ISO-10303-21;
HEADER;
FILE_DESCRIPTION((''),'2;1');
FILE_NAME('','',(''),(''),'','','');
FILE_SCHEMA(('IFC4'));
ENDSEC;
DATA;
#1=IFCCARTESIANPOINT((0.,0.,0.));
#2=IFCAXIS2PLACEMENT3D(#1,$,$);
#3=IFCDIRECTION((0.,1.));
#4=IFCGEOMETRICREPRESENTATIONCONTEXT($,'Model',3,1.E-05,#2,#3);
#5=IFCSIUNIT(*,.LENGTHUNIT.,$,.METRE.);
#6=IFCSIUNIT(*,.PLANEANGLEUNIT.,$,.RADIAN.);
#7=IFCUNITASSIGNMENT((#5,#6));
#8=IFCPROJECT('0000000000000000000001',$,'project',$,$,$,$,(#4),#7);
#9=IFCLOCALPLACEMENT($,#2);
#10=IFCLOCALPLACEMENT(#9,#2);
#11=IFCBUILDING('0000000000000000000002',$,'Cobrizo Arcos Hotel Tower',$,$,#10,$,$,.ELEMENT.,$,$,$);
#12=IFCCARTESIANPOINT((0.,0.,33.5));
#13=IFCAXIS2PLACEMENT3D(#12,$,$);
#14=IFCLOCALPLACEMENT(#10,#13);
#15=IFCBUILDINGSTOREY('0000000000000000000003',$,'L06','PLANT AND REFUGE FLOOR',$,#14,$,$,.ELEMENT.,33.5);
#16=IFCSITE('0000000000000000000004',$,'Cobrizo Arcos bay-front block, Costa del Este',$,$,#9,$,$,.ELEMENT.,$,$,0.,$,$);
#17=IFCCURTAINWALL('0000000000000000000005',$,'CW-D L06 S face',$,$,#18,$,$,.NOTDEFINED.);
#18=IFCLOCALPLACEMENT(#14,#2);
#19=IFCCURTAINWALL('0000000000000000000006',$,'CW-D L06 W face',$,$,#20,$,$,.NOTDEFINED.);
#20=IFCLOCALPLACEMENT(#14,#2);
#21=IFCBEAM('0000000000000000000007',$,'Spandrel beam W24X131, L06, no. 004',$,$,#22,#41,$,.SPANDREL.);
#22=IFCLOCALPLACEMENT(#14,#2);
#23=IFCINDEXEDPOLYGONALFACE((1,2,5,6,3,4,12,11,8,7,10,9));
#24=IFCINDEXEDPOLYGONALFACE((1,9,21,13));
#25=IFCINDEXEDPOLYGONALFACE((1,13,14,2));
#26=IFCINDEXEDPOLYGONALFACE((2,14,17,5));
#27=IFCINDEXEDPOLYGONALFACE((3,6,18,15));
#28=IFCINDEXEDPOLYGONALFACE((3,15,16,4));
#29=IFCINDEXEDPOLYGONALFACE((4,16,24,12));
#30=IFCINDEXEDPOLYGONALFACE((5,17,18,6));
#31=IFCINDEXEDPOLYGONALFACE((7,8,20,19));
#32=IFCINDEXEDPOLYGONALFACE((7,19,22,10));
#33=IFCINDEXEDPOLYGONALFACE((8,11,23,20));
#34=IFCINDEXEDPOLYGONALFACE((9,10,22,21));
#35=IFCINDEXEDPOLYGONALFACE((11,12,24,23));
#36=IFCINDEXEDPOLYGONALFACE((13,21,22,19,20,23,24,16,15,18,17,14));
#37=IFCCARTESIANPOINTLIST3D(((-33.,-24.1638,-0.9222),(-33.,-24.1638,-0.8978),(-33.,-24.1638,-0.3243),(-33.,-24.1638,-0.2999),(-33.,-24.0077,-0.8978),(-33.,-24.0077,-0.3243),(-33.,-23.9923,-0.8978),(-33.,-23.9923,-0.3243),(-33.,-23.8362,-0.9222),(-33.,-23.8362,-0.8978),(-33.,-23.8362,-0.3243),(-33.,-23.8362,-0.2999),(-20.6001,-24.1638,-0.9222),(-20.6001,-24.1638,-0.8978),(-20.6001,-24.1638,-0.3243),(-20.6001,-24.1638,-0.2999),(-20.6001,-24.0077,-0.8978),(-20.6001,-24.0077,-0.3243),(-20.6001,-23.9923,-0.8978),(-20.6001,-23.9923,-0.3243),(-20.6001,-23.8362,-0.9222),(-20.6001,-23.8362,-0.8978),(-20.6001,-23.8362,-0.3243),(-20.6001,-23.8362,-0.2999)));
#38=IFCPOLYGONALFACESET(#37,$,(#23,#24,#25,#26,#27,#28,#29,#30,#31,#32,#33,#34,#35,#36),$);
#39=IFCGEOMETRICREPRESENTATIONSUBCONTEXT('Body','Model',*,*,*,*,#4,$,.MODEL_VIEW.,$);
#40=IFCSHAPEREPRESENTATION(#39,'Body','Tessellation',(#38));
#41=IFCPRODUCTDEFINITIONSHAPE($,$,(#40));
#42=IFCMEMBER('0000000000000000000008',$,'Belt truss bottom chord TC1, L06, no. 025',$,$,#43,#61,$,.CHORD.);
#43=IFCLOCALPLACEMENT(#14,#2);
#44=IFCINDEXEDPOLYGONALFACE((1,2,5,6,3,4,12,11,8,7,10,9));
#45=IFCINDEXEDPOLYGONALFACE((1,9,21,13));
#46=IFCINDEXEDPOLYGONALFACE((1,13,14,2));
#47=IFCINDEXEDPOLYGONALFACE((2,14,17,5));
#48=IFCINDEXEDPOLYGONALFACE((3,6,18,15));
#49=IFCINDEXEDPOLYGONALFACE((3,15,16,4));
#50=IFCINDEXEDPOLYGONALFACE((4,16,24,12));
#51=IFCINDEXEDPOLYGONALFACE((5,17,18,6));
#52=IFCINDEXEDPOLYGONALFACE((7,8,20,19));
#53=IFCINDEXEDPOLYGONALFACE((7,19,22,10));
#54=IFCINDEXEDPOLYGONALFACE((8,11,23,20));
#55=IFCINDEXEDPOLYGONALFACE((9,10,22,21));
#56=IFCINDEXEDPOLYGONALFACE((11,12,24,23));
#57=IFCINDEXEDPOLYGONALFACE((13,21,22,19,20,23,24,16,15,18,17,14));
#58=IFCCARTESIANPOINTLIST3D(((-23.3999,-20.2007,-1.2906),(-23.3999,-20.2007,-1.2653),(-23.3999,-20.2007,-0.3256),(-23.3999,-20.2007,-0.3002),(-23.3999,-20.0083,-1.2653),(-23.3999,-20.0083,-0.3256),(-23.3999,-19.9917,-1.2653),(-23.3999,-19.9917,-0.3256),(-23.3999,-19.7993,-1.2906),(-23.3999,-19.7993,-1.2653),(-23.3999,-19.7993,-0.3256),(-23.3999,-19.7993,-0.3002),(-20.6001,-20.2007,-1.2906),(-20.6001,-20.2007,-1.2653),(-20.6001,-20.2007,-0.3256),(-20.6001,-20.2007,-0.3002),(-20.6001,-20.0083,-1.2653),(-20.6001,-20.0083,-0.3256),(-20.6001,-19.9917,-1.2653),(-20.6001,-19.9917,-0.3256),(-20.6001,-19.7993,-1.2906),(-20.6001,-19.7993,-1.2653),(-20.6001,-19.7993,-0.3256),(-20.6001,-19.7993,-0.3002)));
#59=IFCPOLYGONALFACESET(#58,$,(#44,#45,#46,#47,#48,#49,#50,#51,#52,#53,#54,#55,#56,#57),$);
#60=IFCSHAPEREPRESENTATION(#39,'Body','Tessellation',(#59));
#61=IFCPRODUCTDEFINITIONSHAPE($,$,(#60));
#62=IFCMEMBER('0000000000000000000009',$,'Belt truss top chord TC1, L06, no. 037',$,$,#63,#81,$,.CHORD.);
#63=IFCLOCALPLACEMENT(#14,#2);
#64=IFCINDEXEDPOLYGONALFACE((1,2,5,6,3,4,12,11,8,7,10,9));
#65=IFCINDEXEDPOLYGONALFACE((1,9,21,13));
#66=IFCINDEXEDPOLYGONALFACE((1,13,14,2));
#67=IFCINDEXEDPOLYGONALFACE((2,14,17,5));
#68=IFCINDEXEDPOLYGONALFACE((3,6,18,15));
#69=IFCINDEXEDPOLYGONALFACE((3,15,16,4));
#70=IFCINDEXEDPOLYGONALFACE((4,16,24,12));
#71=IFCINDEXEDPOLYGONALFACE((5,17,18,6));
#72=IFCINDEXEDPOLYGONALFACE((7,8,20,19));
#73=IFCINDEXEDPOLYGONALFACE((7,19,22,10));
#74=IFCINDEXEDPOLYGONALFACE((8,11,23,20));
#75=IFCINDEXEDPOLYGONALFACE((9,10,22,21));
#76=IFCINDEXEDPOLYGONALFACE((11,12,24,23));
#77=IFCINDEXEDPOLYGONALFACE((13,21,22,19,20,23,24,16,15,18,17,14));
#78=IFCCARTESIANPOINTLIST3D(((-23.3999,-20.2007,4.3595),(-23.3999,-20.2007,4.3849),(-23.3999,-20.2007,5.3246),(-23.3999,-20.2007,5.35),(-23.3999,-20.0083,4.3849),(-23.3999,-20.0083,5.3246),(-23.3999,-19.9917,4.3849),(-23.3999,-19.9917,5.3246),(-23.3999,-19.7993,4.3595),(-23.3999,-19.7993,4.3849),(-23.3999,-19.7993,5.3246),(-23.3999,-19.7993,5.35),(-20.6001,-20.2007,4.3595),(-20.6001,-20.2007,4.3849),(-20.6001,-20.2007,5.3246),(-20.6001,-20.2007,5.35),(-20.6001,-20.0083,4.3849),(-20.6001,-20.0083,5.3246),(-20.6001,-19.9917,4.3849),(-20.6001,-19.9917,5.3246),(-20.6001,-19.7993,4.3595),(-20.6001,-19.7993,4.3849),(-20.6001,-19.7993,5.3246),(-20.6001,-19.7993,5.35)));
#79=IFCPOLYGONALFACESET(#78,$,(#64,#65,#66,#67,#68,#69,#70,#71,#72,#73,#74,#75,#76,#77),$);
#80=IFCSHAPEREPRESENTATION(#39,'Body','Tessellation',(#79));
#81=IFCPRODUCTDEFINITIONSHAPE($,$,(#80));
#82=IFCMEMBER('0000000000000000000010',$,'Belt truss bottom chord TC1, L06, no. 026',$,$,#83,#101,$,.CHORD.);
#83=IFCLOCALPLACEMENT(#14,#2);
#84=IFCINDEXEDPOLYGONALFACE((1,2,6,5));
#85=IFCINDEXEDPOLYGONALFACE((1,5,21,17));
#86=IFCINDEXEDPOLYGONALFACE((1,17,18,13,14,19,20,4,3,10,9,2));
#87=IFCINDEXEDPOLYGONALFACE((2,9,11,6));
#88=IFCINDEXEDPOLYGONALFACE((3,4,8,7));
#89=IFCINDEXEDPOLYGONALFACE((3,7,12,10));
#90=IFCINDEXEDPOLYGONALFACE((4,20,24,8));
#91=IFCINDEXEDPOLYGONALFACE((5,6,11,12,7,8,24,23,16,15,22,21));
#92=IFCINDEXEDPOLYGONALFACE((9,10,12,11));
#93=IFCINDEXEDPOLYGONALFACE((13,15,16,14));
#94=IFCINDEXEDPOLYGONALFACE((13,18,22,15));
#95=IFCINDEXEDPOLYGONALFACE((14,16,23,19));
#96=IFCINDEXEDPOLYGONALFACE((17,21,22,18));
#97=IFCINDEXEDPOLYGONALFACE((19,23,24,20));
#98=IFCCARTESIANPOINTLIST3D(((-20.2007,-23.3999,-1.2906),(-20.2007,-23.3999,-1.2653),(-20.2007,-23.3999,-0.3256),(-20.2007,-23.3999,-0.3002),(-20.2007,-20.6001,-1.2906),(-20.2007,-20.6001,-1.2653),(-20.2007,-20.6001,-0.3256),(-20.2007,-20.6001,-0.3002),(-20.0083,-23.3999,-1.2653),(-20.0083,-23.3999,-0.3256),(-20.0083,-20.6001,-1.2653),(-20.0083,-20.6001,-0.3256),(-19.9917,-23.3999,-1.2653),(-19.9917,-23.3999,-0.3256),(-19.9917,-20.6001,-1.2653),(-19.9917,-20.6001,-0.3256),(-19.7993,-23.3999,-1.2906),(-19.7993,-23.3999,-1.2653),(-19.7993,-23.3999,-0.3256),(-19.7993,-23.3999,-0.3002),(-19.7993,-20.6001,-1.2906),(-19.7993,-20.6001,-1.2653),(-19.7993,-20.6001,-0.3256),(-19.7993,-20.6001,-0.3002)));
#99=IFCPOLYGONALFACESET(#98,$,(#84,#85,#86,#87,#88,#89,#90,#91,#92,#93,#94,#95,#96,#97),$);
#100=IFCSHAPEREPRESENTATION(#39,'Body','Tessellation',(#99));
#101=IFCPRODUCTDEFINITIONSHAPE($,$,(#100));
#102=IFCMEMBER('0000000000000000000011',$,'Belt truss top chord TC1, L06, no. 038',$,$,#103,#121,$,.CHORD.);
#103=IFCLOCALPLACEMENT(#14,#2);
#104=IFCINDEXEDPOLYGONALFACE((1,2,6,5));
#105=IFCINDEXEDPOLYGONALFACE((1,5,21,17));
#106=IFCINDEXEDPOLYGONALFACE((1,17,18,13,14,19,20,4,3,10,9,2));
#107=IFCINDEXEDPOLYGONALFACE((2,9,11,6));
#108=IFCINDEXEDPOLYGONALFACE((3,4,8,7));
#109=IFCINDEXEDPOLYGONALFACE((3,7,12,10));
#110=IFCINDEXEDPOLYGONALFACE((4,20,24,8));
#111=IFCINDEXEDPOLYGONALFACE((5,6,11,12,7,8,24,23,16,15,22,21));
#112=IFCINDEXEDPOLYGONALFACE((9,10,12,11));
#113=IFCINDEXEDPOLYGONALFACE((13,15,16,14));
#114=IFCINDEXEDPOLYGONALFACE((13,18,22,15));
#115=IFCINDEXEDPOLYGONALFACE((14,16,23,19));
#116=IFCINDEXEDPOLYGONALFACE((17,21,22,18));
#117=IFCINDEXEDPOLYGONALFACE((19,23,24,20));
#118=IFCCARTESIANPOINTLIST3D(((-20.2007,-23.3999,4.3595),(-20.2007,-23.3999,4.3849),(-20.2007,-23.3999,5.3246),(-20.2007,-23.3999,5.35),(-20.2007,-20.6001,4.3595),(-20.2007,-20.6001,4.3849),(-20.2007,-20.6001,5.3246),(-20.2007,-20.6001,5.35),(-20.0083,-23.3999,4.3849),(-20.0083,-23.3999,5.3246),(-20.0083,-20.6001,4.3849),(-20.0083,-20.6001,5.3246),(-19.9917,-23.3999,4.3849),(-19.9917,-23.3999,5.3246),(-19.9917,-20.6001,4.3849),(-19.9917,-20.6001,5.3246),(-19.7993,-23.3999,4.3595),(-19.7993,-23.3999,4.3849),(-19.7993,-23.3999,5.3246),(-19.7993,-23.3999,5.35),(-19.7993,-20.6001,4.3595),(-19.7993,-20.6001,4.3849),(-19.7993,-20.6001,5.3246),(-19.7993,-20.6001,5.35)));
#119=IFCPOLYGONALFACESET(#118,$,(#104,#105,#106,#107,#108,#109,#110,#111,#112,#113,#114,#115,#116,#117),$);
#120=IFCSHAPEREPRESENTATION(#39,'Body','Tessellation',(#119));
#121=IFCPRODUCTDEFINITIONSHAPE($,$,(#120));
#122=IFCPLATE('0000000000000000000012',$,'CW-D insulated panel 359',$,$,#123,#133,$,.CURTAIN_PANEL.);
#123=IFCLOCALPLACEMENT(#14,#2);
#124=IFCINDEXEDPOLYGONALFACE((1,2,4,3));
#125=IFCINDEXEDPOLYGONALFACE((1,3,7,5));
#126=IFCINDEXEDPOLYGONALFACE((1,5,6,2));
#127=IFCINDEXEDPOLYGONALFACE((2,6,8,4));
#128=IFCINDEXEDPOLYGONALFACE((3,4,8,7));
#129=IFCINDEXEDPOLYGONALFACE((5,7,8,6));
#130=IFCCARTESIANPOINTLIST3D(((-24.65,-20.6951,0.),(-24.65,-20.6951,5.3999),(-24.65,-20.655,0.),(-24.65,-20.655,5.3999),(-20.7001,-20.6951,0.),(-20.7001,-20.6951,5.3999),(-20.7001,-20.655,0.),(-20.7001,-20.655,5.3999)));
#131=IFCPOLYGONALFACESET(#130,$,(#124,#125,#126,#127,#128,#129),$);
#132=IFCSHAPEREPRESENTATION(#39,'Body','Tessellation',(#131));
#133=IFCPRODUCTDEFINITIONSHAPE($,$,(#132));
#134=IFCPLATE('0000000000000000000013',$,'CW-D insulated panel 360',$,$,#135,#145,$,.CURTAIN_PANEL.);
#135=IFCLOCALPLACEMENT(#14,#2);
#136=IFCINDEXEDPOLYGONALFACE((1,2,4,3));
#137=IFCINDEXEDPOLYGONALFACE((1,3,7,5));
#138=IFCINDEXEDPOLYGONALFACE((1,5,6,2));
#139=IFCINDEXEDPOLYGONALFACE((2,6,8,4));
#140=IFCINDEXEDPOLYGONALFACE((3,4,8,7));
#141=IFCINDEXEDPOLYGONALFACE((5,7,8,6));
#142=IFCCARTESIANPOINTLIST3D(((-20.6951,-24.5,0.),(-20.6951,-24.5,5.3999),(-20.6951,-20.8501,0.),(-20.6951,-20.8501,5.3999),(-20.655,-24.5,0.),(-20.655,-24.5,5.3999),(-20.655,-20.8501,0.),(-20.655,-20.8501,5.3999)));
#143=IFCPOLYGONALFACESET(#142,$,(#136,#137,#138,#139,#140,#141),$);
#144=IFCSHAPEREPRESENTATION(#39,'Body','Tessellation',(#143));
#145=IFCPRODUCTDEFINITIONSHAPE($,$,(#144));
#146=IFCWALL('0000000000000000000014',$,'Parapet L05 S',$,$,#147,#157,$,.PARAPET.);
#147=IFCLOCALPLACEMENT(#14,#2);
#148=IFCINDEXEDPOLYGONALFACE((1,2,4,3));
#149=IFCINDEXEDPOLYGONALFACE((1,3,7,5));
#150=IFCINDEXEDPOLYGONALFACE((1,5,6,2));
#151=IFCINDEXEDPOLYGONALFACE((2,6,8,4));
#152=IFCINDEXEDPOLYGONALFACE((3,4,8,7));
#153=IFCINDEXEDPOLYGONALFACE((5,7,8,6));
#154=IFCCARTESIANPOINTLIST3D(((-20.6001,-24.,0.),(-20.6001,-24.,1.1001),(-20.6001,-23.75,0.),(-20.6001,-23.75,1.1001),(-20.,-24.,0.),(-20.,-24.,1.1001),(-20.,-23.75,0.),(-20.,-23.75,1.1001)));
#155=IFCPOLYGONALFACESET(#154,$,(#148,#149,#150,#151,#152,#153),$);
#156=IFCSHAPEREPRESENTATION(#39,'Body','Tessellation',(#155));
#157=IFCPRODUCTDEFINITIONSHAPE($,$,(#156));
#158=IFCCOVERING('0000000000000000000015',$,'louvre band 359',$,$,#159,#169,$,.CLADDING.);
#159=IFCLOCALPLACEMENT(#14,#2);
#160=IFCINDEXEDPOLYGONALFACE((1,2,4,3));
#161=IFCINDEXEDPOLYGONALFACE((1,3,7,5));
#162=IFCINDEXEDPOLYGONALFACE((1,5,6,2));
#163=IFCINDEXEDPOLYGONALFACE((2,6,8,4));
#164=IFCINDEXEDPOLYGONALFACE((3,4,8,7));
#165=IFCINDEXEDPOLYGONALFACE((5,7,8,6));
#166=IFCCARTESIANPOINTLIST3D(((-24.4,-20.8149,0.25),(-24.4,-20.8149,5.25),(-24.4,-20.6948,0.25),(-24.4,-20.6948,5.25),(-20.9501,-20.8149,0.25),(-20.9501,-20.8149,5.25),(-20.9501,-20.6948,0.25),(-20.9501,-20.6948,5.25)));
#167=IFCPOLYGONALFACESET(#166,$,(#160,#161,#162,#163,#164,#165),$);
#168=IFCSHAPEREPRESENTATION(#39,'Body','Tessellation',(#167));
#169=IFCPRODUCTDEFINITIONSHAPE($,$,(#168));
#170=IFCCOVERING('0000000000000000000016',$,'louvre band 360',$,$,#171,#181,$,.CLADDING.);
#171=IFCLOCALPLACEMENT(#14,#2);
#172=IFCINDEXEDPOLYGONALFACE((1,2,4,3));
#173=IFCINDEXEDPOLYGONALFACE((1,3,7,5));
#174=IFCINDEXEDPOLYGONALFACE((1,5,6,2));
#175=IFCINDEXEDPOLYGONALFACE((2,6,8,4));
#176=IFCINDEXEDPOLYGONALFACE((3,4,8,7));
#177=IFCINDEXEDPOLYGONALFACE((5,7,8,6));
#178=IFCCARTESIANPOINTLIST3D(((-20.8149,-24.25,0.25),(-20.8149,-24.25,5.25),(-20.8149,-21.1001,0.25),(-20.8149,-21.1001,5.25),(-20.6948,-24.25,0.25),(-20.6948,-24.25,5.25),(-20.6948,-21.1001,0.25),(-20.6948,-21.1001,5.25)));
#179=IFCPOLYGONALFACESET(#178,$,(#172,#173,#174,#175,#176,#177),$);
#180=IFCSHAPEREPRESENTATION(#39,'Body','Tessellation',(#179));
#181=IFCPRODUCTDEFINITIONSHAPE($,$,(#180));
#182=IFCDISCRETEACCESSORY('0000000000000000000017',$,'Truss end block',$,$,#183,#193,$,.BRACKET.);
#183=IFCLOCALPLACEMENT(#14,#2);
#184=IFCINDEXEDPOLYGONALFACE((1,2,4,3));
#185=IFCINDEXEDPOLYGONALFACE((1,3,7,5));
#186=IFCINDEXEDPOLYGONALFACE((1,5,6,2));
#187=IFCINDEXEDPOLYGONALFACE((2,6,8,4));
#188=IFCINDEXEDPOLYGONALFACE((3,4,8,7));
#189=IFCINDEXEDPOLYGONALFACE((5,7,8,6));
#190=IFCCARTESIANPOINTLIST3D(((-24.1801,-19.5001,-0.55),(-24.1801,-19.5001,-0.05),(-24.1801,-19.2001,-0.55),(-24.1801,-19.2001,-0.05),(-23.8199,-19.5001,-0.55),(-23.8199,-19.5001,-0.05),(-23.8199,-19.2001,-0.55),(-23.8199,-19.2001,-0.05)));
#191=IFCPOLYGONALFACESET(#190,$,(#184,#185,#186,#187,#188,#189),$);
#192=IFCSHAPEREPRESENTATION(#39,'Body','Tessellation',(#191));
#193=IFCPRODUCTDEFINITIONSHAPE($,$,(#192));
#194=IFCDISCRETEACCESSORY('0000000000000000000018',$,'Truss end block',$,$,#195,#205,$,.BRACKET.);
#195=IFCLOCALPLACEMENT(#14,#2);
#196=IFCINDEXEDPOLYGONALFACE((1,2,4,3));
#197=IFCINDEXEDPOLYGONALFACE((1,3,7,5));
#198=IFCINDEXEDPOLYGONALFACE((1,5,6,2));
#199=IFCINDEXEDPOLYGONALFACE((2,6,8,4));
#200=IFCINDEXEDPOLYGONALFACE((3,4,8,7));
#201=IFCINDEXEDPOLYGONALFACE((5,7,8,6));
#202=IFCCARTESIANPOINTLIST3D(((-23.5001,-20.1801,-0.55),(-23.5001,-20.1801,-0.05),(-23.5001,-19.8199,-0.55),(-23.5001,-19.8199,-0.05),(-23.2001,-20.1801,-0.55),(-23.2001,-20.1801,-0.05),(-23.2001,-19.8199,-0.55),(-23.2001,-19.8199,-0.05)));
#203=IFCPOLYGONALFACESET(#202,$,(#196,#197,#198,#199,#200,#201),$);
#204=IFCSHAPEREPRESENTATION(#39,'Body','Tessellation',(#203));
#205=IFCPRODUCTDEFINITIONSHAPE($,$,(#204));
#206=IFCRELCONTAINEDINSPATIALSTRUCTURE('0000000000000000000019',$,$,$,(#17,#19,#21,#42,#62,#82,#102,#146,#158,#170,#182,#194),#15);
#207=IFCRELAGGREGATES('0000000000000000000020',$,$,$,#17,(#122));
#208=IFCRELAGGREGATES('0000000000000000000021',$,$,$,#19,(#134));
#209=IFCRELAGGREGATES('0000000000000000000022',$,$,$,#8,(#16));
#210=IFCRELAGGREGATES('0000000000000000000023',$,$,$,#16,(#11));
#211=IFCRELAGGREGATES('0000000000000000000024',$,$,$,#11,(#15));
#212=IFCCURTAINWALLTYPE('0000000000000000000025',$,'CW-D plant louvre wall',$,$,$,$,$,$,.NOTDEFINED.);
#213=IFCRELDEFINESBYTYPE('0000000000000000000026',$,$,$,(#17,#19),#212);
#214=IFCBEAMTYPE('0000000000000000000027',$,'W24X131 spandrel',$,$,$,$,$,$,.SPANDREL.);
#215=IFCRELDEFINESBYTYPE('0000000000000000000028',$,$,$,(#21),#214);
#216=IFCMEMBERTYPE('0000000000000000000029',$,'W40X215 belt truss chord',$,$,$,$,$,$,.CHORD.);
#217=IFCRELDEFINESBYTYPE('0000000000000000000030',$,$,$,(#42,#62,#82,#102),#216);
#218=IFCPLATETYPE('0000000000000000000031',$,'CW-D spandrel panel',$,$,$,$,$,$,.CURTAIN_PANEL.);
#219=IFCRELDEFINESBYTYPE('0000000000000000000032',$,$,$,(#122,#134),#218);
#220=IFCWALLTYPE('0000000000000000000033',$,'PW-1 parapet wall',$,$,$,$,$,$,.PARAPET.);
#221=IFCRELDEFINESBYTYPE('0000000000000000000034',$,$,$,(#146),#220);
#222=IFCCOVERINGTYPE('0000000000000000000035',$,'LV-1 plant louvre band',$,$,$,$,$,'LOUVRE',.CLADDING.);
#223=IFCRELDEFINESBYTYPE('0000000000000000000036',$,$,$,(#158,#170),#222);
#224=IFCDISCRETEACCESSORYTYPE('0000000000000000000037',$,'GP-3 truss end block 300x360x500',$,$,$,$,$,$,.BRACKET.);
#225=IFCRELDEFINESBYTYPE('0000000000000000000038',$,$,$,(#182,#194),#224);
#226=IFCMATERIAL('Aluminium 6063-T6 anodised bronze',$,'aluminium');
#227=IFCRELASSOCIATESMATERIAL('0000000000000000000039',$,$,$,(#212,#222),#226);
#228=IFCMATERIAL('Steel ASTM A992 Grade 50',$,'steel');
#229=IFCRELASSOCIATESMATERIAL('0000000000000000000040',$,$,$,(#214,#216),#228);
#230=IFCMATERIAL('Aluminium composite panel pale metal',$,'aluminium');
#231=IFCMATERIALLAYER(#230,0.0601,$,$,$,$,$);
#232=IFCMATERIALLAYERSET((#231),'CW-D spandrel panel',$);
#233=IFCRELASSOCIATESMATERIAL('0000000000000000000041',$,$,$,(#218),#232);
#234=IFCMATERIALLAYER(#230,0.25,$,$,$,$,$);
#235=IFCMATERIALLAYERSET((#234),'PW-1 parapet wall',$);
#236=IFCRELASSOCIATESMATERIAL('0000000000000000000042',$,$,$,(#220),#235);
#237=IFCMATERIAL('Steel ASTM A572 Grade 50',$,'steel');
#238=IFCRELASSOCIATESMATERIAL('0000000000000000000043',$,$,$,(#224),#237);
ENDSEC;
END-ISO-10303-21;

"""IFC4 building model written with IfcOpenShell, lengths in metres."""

from ifc_helpers import new_model, si_unit, direction, frame, frame_2d, origin, origin_2d, place, context, subcontext, project, spatial, rectangle, i_section, extrude, material, layer, layer_set, material_profile, profile_set, type_object, element, aggregate, save


model = new_model("IFC4")

# Units and contexts
model_context = context("Model", 3, precision=1e-05, world=origin(), true_north=direction((0.0, 1.0)))
body_context = subcontext(model_context, "Body", "Model", "MODEL_VIEW")
ifc_project = project(units=[si_unit("LENGTHUNIT", "METRE"), si_unit("PLANEANGLEUNIT", "RADIAN")], contexts=[model_context])

# Site, building, storey
site_placement = place(None, origin())
site = spatial("IfcSite", under=ifc_project, at=site_placement, Name="Cobrizo Arcos bay-front block, Costa del Este", CompositionType="ELEMENT", RefElevation=0.0)
building_placement = place(site_placement, origin())
building = spatial("IfcBuilding", under=site, at=building_placement, Name="Cobrizo Arcos Hotel Tower", CompositionType="ELEMENT")
storey_placement = place(building_placement, frame((0.0, 0.0, 33.5)))
storey = spatial("IfcBuildingStorey", under=building, at=storey_placement, Name="L06", Description="PLANT AND REFUGE FLOOR", CompositionType="ELEMENT", Elevation=33.5)

# Shared definitions
ifc_material_1 = material(Name="Steel ASTM A572 Grade 50", Category="steel")

# Curtain wall
ifc_material_2 = material(Name="Aluminium 6063-T6 anodised bronze", Category="aluminium")
curtain_wall_type = type_object("IfcCurtainWallType", Name="CW-D plant louvre wall", PredefinedType="NOTDEFINED", material=ifc_material_2)
curtain_wall_1_placement = place(storey_placement, origin())
curtain_wall_1 = element("IfcCurtainWall", 1, at=curtain_wall_1_placement, inside=storey, type_object=curtain_wall_type, Name="CW-D L06 S face", PredefinedType="NOTDEFINED")

# Curtain wall
curtain_wall_2_placement = place(storey_placement, origin())
curtain_wall_2 = element("IfcCurtainWall", 2, at=curtain_wall_2_placement, inside=storey, type_object=curtain_wall_type, Name="CW-D L06 W face", PredefinedType="NOTDEFINED")

# Beam
ifc_material_3 = material(Name="Steel ASTM A992 Grade 50", Category="steel")
ifc_material_profile_1 = material_profile(ifc_material_3, i_section(OverallWidth=0.3276, OverallDepth=0.6223, WebThickness=0.0154, FlangeThickness=0.0244, at=origin_2d()), Name="W24X131")
ifc_profile_set_1 = profile_set([ifc_material_profile_1], Name="Steel ASTM A992 Grade 50")
beam_type = type_object("IfcBeamType", Name="W24X131 spandrel", PredefinedType="SPANDREL", material=ifc_profile_set_1)
beam_placement = place(storey_placement, frame((-20.6001, -24.0, -0.6111), z_axis=(-1.0, 0.0, 0.0), x_axis=(0.0, -1.0, 0.0)))
element("IfcBeam", 3, at=beam_placement, inside=storey, type_object=beam_type, Name="Spandrel beam W24X131, L06, no. 004", PredefinedType="SPANDREL", context=body_context, shape_type="SweptSolid", body=[
    extrude(i_section(OverallWidth=0.3276, OverallDepth=0.6223, WebThickness=0.0154, FlangeThickness=0.0244, at=origin_2d()), origin(), (0.0, 0.0, 1.0), 12.3999),
])

# Members
ifc_material_profile_2 = material_profile(ifc_material_3, i_section(OverallWidth=0.4014, OverallDepth=0.9905, WebThickness=0.0166, FlangeThickness=0.0254, at=origin_2d()), Name="W40X215")
ifc_profile_set_2 = profile_set([ifc_material_profile_2], Name="Steel ASTM A992 Grade 50")
member_type_1 = type_object("IfcMemberType", Name="W40X215 belt truss chord", PredefinedType="CHORD", material=ifc_profile_set_2)
for number, where, z_axis, x_axis, name in (
    (4, (-23.3999, -20.0, -0.7954), (1.0, 0.0, 0.0), (0.0, 1.0, 0.0), "Belt truss bottom chord TC1, L06, no. 025"),
    (5, (-23.3999, -20.0, 4.8547), (1.0, 0.0, 0.0), (0.0, 1.0, 0.0), "Belt truss top chord TC1, L06, no. 037"),
    (6, (-20.0, -20.6001, -0.7954), (0.0, -1.0, 0.0), (1.0, 0.0, 0.0), "Belt truss bottom chord TC1, L06, no. 026"),
    (7, (-20.0, -20.6001, 4.8547), (0.0, -1.0, 0.0), (1.0, 0.0, 0.0), "Belt truss top chord TC1, L06, no. 038"),
):
    element("IfcMember", number, at=place(storey_placement, frame(where, z_axis=z_axis, x_axis=x_axis)), inside=storey, type_object=member_type_1, Name=name, PredefinedType="CHORD", context=body_context, shape_type="SweptSolid", body=[
        extrude(i_section(OverallWidth=0.4014, OverallDepth=0.9905, WebThickness=0.0166, FlangeThickness=0.0254, at=origin_2d()), origin(), (0.0, 0.0, 1.0), 2.7998),
    ])

# Plates
ifc_material_4 = material(Name="Aluminium composite panel pale metal", Category="aluminium")
ifc_layer_1 = layer(ifc_material_4, 0.0601)
ifc_layer_set_1 = layer_set([ifc_layer_1], Name="CW-D spandrel panel")
plate_type = type_object("IfcPlateType", Name="CW-D spandrel panel", PredefinedType="CURTAIN_PANEL", material=ifc_layer_set_1)
plate_1_placement = place(storey_placement, frame((-22.675, -20.675, 0.0), z_axis=(0.0, 0.0, 1.0), x_axis=(1.0, 0.0, 0.0)))
plate_1 = element("IfcPlate", 8, at=plate_1_placement, type_object=plate_type, Name="CW-D insulated panel 359", PredefinedType="CURTAIN_PANEL", context=body_context, shape_type="SweptSolid", body=[
    extrude(rectangle(XDim=3.95, YDim=0.04, at=origin_2d()), origin(), (0.0, 0.0, 1.0), 5.3999),
])
aggregate(curtain_wall_1, [plate_1])
plate_2_placement = place(storey_placement, frame((-20.675, -22.675, 0.0), z_axis=(0.0, 0.0, 1.0), x_axis=(0.0, -1.0, 0.0)))
plate_2 = element("IfcPlate", 9, at=plate_2_placement, type_object=plate_type, Name="CW-D insulated panel 360", PredefinedType="CURTAIN_PANEL", context=body_context, shape_type="SweptSolid", body=[
    extrude(rectangle(XDim=3.6499, YDim=0.04, at=origin_2d()), origin(), (0.0, 0.0, 1.0), 5.3999),
])
aggregate(curtain_wall_2, [plate_2])

# Wall
ifc_layer_2 = layer(ifc_material_4, 0.25)
ifc_layer_set_2 = layer_set([ifc_layer_2], Name="PW-1 parapet wall")
wall_type = type_object("IfcWallType", Name="PW-1 parapet wall", PredefinedType="PARAPET", material=ifc_layer_set_2)
wall_placement = place(storey_placement, frame((-20.6001, -23.875, 0.0), z_axis=(0.0, 0.0, 1.0), x_axis=(1.0, 0.0, 0.0)))
element("IfcWall", 10, at=wall_placement, inside=storey, type_object=wall_type, Name="Parapet L05 S", PredefinedType="PARAPET", context=body_context, shape_type="SweptSolid", body=[
    extrude(rectangle(XDim=0.6001, YDim=0.25, at=frame_2d((0.3, 0.0))), origin(), (0.0, 0.0, 1.0), 1.1001),
])

# Coverings
covering_type = type_object("IfcCoveringType", Name="LV-1 plant louvre band", ElementType="LOUVRE", PredefinedType="CLADDING", material=ifc_material_2)
covering_1_placement = place(storey_placement, frame((-22.675, -20.7549, 0.25), z_axis=(0.0, 0.0, 1.0), x_axis=(1.0, 0.0, 0.0)))
element("IfcCovering", 11, at=covering_1_placement, inside=storey, type_object=covering_type, Name="louvre band 359", PredefinedType="CLADDING", context=body_context, shape_type="SweptSolid", body=[
    extrude(rectangle(XDim=3.45, YDim=0.1201, at=origin_2d()), origin(), (0.0, 0.0, 1.0), 5.0),
])
covering_2_placement = place(storey_placement, frame((-20.7549, -22.675, 0.25), z_axis=(0.0, 0.0, 1.0), x_axis=(0.0, -1.0, 0.0)))
element("IfcCovering", 12, at=covering_2_placement, inside=storey, type_object=covering_type, Name="louvre band 360", PredefinedType="CLADDING", context=body_context, shape_type="SweptSolid", body=[
    extrude(rectangle(XDim=3.1499, YDim=0.1201, at=origin_2d()), origin(), (0.0, 0.0, 1.0), 5.0),
])

# Discrete accessories
discrete_accessory_type = type_object("IfcDiscreteAccessoryType", Name="GP-3 truss end block 300x360x500", PredefinedType="BRACKET", material=ifc_material_1)
for number, where, z_axis, x_axis, name in (
    (13, (-24.0, -19.3501, -0.55), (0.0, 0.0, 1.0), (0.0, 1.0, 0.0), "Truss end block"),
    (14, (-23.3501, -20.0, -0.55), (0.0, 0.0, 1.0), (1.0, 0.0, 0.0), "Truss end block"),
):
    element("IfcDiscreteAccessory", number, at=place(storey_placement, frame(where, z_axis=z_axis, x_axis=x_axis)), inside=storey, type_object=discrete_accessory_type, Name=name, PredefinedType="BRACKET", context=body_context, shape_type="SweptSolid", body=[
        extrude(rectangle(XDim=0.3, YDim=0.3601, at=origin_2d()), origin(), (0.0, 0.0, 1.0), 0.5),
    ])

save(model, "model.ifc")
